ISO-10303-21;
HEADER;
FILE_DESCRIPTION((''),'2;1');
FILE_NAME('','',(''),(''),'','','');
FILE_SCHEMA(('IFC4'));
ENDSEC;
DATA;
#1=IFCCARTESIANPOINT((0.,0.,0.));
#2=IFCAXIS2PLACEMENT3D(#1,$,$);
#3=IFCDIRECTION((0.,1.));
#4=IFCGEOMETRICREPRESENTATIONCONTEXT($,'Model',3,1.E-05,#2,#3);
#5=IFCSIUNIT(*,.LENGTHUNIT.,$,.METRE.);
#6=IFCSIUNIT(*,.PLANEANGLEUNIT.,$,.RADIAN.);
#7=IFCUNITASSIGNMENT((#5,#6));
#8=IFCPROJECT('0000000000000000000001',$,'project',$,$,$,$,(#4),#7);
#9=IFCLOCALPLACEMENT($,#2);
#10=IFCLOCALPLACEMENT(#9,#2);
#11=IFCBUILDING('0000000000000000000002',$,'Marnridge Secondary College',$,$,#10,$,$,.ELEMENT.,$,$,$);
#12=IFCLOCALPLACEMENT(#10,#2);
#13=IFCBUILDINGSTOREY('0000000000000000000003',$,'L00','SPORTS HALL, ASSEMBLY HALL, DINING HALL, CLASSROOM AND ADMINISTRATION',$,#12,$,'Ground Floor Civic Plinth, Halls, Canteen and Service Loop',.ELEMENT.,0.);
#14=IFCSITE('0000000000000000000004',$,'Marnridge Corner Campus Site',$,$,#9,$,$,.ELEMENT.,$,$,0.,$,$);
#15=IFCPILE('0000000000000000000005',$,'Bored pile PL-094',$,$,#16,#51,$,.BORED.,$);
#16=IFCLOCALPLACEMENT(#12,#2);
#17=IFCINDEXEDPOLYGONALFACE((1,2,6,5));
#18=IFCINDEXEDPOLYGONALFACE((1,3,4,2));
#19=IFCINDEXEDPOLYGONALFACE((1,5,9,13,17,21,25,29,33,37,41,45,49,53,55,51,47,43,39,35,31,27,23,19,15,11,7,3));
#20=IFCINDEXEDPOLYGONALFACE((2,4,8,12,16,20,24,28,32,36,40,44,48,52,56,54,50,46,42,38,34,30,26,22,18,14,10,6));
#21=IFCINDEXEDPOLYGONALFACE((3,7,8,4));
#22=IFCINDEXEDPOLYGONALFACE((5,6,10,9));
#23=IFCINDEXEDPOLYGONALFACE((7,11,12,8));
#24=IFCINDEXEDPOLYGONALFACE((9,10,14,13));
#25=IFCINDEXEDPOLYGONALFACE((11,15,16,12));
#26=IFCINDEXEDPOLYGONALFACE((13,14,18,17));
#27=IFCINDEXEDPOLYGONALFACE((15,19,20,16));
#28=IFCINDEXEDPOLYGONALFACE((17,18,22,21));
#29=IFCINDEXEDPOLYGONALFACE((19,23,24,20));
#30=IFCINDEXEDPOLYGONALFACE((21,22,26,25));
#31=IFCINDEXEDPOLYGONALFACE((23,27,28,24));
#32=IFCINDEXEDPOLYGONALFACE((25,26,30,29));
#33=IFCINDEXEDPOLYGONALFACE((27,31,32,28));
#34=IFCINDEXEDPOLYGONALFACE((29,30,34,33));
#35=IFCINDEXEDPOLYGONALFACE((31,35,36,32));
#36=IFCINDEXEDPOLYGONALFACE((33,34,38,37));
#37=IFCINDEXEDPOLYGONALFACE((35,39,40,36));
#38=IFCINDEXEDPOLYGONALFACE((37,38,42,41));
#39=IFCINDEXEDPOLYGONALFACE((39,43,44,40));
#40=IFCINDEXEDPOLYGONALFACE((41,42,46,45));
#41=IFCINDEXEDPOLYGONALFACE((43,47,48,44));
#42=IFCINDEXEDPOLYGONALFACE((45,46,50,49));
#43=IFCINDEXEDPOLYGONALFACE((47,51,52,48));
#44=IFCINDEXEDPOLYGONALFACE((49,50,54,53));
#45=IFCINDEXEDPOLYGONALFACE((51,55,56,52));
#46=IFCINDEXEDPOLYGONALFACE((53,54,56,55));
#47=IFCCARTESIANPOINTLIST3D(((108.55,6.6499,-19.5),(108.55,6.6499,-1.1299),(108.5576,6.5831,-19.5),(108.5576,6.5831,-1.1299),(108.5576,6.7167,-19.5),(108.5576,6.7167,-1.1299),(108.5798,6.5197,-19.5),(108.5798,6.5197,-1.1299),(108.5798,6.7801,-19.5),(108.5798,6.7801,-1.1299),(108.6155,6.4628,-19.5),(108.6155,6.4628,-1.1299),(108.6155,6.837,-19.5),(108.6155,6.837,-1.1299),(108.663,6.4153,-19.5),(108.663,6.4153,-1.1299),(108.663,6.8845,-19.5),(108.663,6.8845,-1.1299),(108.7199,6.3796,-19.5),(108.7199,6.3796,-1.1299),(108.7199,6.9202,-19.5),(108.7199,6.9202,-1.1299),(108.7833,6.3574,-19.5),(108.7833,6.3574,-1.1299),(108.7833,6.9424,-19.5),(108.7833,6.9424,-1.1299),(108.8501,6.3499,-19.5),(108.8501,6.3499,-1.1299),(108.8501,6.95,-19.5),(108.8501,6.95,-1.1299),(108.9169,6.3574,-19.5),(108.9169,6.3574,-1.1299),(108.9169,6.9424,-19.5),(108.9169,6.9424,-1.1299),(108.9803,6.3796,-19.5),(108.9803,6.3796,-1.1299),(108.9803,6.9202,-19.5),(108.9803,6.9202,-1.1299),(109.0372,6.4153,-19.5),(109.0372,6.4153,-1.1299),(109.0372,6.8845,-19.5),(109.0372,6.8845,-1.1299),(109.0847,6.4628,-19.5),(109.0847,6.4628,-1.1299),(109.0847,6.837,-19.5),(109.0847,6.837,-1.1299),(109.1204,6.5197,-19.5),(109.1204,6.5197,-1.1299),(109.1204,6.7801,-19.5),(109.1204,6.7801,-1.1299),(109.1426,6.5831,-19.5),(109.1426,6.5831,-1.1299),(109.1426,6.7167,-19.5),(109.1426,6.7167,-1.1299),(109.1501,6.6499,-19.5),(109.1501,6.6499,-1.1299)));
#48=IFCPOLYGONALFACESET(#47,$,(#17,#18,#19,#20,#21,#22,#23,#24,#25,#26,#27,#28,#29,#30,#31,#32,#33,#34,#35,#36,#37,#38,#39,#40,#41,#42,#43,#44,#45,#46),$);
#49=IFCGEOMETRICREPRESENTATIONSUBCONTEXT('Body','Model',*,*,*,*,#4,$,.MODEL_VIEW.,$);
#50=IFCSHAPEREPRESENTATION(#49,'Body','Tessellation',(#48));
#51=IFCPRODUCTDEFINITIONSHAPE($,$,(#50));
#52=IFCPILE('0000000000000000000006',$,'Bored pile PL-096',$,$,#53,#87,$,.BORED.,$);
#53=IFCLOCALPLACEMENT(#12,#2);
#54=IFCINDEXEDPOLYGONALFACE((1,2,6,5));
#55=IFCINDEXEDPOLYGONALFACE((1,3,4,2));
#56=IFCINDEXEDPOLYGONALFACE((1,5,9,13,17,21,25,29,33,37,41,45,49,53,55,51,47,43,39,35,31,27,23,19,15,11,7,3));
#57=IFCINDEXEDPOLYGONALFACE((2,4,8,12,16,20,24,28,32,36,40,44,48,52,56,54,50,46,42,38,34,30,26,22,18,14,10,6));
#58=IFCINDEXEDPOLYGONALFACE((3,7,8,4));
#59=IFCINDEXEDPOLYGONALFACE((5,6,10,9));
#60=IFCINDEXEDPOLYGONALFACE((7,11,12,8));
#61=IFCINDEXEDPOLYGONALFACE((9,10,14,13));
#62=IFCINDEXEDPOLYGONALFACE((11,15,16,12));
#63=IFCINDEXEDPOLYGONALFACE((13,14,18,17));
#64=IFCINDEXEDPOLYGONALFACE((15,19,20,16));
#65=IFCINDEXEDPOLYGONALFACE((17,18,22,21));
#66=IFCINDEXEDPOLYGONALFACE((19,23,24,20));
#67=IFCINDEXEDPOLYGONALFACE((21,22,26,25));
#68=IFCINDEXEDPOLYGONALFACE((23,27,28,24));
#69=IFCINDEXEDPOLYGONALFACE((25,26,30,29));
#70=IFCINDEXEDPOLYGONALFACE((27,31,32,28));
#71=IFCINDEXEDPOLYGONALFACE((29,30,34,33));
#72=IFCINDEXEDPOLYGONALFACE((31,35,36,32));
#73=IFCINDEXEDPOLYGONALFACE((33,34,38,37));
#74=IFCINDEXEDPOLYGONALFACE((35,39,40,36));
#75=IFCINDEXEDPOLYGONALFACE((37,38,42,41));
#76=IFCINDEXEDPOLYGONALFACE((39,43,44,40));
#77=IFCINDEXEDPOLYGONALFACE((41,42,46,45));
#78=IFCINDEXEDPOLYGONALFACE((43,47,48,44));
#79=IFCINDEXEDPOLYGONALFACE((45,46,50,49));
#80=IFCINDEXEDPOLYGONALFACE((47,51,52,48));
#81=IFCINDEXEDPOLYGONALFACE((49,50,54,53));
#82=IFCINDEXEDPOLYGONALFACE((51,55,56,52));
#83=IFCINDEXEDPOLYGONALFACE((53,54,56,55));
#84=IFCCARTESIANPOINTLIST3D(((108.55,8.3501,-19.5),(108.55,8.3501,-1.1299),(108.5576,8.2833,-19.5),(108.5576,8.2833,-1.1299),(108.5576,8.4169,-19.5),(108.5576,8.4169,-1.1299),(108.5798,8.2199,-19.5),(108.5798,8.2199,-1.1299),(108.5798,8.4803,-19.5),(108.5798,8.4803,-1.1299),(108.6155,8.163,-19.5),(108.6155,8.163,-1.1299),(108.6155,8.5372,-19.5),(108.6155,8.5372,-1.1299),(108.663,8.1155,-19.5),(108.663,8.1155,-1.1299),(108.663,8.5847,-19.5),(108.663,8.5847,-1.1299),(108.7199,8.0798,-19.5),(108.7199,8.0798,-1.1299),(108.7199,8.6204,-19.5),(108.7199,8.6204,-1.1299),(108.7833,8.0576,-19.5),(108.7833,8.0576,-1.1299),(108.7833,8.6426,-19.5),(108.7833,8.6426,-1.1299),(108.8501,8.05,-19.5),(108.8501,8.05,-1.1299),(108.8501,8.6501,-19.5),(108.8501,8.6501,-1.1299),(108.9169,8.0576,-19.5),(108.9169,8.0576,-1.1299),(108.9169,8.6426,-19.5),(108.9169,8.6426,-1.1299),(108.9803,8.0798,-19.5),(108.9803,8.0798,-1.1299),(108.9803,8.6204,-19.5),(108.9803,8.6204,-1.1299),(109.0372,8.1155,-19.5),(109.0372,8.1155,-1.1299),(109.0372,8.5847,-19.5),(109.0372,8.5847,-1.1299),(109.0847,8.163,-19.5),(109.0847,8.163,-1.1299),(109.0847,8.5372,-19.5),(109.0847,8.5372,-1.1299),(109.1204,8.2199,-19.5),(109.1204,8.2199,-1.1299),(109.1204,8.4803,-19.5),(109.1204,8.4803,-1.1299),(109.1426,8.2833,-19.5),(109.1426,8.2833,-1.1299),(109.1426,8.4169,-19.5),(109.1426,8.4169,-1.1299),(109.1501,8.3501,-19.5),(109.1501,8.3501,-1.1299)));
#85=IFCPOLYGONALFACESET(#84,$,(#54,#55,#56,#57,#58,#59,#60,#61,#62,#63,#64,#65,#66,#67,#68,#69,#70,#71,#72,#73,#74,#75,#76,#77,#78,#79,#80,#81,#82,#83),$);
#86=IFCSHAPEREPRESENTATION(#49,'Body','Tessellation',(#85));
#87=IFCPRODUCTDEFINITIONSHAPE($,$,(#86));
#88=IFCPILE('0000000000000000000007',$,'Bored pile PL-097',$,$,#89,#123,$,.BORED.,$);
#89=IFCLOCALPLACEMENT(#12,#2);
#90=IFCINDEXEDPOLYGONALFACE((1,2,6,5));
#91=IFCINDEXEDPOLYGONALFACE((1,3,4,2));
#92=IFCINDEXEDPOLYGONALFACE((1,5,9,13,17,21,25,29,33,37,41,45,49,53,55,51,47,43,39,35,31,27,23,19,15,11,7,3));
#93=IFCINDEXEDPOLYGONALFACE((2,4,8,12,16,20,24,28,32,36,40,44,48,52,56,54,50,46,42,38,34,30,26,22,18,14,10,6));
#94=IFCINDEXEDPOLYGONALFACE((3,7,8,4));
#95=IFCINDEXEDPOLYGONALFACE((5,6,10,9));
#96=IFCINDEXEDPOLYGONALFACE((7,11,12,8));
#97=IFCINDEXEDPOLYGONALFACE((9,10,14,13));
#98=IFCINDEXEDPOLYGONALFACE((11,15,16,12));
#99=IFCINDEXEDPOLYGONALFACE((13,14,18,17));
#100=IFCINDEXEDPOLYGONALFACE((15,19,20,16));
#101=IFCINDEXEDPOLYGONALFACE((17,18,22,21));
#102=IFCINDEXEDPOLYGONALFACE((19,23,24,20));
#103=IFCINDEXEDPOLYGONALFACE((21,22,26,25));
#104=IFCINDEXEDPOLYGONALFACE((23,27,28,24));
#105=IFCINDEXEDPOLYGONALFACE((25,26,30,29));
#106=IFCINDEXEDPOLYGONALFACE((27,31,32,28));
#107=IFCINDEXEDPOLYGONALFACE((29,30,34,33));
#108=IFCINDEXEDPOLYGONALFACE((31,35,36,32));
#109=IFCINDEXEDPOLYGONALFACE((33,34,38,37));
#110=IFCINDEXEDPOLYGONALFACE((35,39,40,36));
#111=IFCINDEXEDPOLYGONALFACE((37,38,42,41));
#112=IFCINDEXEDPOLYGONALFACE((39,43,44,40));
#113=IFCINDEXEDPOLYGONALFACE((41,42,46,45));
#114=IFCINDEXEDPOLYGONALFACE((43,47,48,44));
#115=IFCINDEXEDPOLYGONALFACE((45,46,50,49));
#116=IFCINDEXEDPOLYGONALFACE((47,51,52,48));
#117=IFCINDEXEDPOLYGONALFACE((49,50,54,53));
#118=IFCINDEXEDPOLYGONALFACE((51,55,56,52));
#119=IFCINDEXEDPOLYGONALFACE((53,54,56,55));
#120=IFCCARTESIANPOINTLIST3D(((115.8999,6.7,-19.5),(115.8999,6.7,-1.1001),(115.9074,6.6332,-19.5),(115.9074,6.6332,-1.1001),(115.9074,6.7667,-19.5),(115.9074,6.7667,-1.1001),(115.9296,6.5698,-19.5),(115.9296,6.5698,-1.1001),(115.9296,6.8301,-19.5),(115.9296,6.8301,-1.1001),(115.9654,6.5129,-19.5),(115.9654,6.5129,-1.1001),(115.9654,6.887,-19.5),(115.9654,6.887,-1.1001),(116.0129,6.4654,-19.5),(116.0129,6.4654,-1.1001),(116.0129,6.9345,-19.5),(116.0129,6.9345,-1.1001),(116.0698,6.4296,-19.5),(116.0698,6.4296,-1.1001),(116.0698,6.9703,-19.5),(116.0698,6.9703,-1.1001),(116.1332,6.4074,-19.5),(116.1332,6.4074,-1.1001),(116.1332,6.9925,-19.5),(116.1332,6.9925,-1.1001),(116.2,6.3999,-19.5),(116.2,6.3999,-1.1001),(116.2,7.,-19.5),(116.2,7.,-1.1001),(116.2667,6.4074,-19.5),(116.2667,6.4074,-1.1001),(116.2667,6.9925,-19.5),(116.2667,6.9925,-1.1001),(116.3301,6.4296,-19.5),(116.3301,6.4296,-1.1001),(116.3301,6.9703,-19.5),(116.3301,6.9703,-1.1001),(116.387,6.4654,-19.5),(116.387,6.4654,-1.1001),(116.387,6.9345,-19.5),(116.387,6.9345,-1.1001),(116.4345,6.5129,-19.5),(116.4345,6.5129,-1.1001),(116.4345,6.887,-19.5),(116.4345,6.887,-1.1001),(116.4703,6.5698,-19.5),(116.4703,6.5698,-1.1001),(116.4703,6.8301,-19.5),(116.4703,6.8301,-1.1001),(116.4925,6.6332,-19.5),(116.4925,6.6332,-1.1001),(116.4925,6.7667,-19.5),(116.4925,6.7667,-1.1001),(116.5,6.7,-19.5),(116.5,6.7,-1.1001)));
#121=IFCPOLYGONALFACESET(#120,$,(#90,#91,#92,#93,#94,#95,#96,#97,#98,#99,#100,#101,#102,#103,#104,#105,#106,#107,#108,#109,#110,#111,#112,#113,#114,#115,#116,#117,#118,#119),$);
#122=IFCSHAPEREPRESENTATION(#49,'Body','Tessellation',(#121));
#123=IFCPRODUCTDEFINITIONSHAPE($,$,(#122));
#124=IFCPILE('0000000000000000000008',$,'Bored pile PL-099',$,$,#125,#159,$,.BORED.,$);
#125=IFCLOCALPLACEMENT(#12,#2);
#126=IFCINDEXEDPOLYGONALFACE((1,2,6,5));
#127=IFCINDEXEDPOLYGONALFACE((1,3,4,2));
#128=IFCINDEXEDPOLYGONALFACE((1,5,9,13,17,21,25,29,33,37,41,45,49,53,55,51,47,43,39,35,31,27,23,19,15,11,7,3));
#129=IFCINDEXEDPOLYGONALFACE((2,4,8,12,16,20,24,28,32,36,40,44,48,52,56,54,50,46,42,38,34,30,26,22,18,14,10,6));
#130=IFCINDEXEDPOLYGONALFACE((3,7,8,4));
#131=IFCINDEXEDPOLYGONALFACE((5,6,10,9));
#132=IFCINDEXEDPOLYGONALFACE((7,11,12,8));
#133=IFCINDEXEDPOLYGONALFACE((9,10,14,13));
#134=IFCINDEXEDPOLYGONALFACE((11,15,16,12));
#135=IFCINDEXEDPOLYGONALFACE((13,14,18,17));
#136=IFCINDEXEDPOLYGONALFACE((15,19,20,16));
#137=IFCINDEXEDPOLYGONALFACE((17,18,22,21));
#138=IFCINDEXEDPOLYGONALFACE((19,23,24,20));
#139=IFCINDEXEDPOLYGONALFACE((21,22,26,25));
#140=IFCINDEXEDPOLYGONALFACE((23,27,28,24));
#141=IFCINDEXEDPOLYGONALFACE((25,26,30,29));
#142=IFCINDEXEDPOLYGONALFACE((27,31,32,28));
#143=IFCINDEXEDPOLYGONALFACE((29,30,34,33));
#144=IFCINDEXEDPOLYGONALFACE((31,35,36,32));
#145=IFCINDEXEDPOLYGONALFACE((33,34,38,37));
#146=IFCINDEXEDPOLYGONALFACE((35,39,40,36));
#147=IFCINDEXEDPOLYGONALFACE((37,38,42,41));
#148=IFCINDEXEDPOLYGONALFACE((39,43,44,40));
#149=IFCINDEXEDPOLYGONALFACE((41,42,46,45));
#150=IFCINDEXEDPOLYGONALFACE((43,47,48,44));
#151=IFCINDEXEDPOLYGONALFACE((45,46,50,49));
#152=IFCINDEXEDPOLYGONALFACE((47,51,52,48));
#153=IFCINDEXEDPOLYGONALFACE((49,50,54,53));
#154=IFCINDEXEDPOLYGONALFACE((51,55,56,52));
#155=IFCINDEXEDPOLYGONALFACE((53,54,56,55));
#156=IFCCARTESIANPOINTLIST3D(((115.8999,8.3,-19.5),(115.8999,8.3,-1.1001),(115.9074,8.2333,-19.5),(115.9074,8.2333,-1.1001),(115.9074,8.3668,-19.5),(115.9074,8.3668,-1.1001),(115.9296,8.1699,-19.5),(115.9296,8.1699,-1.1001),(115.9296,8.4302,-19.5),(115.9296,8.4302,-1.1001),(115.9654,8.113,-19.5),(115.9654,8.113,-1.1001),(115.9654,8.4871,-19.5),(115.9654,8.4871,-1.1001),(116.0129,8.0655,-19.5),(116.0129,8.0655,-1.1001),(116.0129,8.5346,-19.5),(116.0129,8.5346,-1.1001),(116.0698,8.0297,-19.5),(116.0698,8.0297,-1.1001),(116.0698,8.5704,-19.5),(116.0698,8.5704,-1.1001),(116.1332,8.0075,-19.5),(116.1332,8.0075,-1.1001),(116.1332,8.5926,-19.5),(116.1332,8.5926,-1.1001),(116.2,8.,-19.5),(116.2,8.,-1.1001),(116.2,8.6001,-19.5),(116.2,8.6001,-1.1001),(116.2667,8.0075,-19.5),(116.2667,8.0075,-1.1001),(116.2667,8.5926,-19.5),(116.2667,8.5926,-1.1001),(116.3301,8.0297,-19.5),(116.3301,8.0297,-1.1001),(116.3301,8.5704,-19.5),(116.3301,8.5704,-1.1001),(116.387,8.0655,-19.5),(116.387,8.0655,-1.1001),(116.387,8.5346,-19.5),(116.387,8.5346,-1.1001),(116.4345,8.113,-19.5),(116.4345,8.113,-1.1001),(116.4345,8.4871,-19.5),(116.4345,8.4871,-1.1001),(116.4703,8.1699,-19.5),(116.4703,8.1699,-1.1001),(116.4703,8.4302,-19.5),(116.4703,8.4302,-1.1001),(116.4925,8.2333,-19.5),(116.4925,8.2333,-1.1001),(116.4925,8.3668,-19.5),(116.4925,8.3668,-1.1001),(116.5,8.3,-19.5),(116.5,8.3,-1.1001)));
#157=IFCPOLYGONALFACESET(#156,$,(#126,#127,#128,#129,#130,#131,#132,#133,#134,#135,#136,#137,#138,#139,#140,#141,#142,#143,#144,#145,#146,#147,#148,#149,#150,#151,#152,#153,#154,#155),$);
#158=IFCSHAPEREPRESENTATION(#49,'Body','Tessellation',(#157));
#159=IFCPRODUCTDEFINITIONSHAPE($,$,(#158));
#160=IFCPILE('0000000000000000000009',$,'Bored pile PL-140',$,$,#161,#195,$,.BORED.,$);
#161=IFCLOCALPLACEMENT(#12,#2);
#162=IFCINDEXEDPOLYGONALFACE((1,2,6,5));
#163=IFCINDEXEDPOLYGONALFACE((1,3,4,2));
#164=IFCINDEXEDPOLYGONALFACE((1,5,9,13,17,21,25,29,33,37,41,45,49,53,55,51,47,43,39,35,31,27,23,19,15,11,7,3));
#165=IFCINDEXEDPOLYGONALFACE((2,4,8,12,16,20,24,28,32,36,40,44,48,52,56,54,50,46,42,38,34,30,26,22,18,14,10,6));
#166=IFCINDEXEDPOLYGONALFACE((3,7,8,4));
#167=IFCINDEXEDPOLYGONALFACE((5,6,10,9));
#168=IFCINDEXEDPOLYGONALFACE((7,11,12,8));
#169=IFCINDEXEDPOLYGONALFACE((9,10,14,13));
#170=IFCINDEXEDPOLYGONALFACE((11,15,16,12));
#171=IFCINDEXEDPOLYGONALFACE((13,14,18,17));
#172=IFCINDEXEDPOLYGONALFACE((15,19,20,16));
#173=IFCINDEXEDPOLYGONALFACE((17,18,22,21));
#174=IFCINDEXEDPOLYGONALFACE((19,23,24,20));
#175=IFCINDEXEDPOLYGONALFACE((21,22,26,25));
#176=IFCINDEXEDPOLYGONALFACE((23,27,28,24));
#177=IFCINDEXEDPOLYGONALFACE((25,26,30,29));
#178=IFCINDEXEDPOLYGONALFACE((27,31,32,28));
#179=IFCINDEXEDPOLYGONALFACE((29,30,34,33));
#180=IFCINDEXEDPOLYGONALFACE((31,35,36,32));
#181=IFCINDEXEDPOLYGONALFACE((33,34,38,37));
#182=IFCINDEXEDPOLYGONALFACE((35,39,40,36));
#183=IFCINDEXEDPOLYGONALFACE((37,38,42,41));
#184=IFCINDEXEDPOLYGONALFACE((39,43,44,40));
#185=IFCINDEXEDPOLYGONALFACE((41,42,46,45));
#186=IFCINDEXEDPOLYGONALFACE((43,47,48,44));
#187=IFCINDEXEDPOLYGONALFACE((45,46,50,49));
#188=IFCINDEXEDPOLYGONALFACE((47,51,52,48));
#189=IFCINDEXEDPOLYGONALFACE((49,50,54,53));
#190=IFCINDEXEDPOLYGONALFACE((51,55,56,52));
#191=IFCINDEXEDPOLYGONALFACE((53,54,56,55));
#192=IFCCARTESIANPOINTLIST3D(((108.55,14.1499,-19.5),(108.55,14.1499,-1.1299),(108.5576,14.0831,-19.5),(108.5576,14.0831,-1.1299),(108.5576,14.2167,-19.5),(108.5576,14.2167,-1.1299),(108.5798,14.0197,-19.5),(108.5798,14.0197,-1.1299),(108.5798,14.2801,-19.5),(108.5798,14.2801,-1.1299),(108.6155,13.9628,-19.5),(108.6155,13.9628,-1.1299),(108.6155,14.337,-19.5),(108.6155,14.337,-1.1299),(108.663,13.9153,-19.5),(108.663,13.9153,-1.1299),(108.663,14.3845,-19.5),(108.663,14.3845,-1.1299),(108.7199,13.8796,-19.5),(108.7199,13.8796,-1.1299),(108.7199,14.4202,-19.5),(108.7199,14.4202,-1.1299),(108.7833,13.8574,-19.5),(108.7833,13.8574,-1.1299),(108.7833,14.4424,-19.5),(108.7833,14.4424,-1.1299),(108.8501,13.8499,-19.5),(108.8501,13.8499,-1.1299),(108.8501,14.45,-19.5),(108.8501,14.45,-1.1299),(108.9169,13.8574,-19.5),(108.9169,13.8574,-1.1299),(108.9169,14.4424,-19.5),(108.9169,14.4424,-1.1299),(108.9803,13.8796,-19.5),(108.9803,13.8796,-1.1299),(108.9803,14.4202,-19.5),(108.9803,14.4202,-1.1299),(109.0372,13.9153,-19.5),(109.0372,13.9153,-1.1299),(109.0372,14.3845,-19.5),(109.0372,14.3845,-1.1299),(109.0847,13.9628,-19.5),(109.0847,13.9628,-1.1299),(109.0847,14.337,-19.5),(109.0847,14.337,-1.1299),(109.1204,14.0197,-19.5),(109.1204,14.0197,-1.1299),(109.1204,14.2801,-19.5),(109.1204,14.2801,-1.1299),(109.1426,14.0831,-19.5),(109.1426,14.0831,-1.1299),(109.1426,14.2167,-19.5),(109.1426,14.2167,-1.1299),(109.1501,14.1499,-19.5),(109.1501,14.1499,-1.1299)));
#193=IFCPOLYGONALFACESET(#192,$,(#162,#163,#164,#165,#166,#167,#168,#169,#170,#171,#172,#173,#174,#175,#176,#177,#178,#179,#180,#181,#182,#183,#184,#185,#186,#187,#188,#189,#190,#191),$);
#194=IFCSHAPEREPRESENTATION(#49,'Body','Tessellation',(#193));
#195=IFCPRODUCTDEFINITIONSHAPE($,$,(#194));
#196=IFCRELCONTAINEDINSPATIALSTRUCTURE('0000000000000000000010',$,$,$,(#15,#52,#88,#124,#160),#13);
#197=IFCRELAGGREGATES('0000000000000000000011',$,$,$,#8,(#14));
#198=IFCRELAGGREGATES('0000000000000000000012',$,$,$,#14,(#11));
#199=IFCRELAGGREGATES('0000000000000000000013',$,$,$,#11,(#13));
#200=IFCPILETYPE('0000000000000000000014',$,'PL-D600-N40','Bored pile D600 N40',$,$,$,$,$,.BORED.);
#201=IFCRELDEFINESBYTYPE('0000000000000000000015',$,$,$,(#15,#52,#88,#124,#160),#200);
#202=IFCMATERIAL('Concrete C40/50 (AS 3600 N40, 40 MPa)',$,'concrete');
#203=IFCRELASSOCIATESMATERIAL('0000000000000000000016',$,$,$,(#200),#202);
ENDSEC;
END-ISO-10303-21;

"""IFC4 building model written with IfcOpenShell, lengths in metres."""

from ifc_helpers import new_model, si_unit, direction, frame, origin, origin_2d, place, context, subcontext, project, spatial, circle, extrude, material, material_profile, profile_set, type_object, element, save


model = new_model("IFC4")

# Units and contexts
model_context = context("Model", 3, precision=1e-05, world=origin(), true_north=direction((0.0, 1.0)))
body_context = subcontext(model_context, "Body", "Model", "MODEL_VIEW")
ifc_project = project(units=[si_unit("LENGTHUNIT", "METRE"), si_unit("PLANEANGLEUNIT", "RADIAN")], contexts=[model_context])

# Site, building, storey
site_placement = place(None, origin())
site = spatial("IfcSite", under=ifc_project, at=site_placement, Name="Marnridge Corner Campus Site", CompositionType="ELEMENT", RefElevation=0.0)
building_placement = place(site_placement, origin())
building = spatial("IfcBuilding", under=site, at=building_placement, Name="Marnridge Secondary College", CompositionType="ELEMENT")
storey_placement = place(building_placement, origin())
storey = spatial("IfcBuildingStorey", under=building, at=storey_placement, Name="L00", Description="SPORTS HALL, ASSEMBLY HALL, DINING HALL, CLASSROOM AND ADMINISTRATION", LongName="Ground Floor Civic Plinth, Halls, Canteen and Service Loop", CompositionType="ELEMENT", Elevation=0.0)

# Piles
ifc_material_1 = material(Name="Concrete C40/50 (AS 3600 N40, 40 MPa)", Category="concrete")
ifc_material_profile_1 = material_profile(ifc_material_1, circle(Radius=0.3, at=origin_2d()), Name="PILE D600")
ifc_profile_set_1 = profile_set([ifc_material_profile_1], Name="Concrete C40/50 (AS 3600 N40, 40 MPa)")
pile_type = type_object("IfcPileType", Name="PL-D600-N40", Description="Bored pile D600 N40", PredefinedType="BORED", material=ifc_profile_set_1)
for number, where, z_axis, x_axis, name in (
    (1, (108.8501, 6.6499, -1.1299), (0.0, 0.0, -1.0), (1.0, 0.0, 0.0), "Bored pile PL-094"),
    (2, (108.8501, 8.3501, -1.1299), (0.0, 0.0, -1.0), (1.0, 0.0, 0.0), "Bored pile PL-096"),
):
    element("IfcPile", number, at=place(storey_placement, frame(where, z_axis=z_axis, x_axis=x_axis)), inside=storey, type_object=pile_type, Name=name, PredefinedType="BORED", context=body_context, shape_type="SweptSolid", body=[
        extrude(circle(Radius=0.3, at=origin_2d()), origin(), (0.0, 0.0, 1.0), 18.3701),
    ])
for number, where, z_axis, x_axis, name in (
    (3, (116.2, 6.7, -1.1001), (0.0, 0.0, -1.0), (1.0, 0.0, 0.0), "Bored pile PL-097"),
    (4, (116.2, 8.3, -1.1001), (0.0, 0.0, -1.0), (1.0, 0.0, 0.0), "Bored pile PL-099"),
):
    element("IfcPile", number, at=place(storey_placement, frame(where, z_axis=z_axis, x_axis=x_axis)), inside=storey, type_object=pile_type, Name=name, PredefinedType="BORED", context=body_context, shape_type="SweptSolid", body=[
        extrude(circle(Radius=0.3, at=origin_2d()), origin(), (0.0, 0.0, 1.0), 18.3999),
    ])
pile_1_placement = place(storey_placement, frame((108.8501, 14.1499, -1.1299), z_axis=(0.0, 0.0, -1.0), x_axis=(1.0, 0.0, 0.0)))
element("IfcPile", 5, at=pile_1_placement, inside=storey, type_object=pile_type, Name="Bored pile PL-140", PredefinedType="BORED", context=body_context, shape_type="SweptSolid", body=[
    extrude(circle(Radius=0.3, at=origin_2d()), origin(), (0.0, 0.0, 1.0), 18.3701),
])

save(model, "model.ifc")
